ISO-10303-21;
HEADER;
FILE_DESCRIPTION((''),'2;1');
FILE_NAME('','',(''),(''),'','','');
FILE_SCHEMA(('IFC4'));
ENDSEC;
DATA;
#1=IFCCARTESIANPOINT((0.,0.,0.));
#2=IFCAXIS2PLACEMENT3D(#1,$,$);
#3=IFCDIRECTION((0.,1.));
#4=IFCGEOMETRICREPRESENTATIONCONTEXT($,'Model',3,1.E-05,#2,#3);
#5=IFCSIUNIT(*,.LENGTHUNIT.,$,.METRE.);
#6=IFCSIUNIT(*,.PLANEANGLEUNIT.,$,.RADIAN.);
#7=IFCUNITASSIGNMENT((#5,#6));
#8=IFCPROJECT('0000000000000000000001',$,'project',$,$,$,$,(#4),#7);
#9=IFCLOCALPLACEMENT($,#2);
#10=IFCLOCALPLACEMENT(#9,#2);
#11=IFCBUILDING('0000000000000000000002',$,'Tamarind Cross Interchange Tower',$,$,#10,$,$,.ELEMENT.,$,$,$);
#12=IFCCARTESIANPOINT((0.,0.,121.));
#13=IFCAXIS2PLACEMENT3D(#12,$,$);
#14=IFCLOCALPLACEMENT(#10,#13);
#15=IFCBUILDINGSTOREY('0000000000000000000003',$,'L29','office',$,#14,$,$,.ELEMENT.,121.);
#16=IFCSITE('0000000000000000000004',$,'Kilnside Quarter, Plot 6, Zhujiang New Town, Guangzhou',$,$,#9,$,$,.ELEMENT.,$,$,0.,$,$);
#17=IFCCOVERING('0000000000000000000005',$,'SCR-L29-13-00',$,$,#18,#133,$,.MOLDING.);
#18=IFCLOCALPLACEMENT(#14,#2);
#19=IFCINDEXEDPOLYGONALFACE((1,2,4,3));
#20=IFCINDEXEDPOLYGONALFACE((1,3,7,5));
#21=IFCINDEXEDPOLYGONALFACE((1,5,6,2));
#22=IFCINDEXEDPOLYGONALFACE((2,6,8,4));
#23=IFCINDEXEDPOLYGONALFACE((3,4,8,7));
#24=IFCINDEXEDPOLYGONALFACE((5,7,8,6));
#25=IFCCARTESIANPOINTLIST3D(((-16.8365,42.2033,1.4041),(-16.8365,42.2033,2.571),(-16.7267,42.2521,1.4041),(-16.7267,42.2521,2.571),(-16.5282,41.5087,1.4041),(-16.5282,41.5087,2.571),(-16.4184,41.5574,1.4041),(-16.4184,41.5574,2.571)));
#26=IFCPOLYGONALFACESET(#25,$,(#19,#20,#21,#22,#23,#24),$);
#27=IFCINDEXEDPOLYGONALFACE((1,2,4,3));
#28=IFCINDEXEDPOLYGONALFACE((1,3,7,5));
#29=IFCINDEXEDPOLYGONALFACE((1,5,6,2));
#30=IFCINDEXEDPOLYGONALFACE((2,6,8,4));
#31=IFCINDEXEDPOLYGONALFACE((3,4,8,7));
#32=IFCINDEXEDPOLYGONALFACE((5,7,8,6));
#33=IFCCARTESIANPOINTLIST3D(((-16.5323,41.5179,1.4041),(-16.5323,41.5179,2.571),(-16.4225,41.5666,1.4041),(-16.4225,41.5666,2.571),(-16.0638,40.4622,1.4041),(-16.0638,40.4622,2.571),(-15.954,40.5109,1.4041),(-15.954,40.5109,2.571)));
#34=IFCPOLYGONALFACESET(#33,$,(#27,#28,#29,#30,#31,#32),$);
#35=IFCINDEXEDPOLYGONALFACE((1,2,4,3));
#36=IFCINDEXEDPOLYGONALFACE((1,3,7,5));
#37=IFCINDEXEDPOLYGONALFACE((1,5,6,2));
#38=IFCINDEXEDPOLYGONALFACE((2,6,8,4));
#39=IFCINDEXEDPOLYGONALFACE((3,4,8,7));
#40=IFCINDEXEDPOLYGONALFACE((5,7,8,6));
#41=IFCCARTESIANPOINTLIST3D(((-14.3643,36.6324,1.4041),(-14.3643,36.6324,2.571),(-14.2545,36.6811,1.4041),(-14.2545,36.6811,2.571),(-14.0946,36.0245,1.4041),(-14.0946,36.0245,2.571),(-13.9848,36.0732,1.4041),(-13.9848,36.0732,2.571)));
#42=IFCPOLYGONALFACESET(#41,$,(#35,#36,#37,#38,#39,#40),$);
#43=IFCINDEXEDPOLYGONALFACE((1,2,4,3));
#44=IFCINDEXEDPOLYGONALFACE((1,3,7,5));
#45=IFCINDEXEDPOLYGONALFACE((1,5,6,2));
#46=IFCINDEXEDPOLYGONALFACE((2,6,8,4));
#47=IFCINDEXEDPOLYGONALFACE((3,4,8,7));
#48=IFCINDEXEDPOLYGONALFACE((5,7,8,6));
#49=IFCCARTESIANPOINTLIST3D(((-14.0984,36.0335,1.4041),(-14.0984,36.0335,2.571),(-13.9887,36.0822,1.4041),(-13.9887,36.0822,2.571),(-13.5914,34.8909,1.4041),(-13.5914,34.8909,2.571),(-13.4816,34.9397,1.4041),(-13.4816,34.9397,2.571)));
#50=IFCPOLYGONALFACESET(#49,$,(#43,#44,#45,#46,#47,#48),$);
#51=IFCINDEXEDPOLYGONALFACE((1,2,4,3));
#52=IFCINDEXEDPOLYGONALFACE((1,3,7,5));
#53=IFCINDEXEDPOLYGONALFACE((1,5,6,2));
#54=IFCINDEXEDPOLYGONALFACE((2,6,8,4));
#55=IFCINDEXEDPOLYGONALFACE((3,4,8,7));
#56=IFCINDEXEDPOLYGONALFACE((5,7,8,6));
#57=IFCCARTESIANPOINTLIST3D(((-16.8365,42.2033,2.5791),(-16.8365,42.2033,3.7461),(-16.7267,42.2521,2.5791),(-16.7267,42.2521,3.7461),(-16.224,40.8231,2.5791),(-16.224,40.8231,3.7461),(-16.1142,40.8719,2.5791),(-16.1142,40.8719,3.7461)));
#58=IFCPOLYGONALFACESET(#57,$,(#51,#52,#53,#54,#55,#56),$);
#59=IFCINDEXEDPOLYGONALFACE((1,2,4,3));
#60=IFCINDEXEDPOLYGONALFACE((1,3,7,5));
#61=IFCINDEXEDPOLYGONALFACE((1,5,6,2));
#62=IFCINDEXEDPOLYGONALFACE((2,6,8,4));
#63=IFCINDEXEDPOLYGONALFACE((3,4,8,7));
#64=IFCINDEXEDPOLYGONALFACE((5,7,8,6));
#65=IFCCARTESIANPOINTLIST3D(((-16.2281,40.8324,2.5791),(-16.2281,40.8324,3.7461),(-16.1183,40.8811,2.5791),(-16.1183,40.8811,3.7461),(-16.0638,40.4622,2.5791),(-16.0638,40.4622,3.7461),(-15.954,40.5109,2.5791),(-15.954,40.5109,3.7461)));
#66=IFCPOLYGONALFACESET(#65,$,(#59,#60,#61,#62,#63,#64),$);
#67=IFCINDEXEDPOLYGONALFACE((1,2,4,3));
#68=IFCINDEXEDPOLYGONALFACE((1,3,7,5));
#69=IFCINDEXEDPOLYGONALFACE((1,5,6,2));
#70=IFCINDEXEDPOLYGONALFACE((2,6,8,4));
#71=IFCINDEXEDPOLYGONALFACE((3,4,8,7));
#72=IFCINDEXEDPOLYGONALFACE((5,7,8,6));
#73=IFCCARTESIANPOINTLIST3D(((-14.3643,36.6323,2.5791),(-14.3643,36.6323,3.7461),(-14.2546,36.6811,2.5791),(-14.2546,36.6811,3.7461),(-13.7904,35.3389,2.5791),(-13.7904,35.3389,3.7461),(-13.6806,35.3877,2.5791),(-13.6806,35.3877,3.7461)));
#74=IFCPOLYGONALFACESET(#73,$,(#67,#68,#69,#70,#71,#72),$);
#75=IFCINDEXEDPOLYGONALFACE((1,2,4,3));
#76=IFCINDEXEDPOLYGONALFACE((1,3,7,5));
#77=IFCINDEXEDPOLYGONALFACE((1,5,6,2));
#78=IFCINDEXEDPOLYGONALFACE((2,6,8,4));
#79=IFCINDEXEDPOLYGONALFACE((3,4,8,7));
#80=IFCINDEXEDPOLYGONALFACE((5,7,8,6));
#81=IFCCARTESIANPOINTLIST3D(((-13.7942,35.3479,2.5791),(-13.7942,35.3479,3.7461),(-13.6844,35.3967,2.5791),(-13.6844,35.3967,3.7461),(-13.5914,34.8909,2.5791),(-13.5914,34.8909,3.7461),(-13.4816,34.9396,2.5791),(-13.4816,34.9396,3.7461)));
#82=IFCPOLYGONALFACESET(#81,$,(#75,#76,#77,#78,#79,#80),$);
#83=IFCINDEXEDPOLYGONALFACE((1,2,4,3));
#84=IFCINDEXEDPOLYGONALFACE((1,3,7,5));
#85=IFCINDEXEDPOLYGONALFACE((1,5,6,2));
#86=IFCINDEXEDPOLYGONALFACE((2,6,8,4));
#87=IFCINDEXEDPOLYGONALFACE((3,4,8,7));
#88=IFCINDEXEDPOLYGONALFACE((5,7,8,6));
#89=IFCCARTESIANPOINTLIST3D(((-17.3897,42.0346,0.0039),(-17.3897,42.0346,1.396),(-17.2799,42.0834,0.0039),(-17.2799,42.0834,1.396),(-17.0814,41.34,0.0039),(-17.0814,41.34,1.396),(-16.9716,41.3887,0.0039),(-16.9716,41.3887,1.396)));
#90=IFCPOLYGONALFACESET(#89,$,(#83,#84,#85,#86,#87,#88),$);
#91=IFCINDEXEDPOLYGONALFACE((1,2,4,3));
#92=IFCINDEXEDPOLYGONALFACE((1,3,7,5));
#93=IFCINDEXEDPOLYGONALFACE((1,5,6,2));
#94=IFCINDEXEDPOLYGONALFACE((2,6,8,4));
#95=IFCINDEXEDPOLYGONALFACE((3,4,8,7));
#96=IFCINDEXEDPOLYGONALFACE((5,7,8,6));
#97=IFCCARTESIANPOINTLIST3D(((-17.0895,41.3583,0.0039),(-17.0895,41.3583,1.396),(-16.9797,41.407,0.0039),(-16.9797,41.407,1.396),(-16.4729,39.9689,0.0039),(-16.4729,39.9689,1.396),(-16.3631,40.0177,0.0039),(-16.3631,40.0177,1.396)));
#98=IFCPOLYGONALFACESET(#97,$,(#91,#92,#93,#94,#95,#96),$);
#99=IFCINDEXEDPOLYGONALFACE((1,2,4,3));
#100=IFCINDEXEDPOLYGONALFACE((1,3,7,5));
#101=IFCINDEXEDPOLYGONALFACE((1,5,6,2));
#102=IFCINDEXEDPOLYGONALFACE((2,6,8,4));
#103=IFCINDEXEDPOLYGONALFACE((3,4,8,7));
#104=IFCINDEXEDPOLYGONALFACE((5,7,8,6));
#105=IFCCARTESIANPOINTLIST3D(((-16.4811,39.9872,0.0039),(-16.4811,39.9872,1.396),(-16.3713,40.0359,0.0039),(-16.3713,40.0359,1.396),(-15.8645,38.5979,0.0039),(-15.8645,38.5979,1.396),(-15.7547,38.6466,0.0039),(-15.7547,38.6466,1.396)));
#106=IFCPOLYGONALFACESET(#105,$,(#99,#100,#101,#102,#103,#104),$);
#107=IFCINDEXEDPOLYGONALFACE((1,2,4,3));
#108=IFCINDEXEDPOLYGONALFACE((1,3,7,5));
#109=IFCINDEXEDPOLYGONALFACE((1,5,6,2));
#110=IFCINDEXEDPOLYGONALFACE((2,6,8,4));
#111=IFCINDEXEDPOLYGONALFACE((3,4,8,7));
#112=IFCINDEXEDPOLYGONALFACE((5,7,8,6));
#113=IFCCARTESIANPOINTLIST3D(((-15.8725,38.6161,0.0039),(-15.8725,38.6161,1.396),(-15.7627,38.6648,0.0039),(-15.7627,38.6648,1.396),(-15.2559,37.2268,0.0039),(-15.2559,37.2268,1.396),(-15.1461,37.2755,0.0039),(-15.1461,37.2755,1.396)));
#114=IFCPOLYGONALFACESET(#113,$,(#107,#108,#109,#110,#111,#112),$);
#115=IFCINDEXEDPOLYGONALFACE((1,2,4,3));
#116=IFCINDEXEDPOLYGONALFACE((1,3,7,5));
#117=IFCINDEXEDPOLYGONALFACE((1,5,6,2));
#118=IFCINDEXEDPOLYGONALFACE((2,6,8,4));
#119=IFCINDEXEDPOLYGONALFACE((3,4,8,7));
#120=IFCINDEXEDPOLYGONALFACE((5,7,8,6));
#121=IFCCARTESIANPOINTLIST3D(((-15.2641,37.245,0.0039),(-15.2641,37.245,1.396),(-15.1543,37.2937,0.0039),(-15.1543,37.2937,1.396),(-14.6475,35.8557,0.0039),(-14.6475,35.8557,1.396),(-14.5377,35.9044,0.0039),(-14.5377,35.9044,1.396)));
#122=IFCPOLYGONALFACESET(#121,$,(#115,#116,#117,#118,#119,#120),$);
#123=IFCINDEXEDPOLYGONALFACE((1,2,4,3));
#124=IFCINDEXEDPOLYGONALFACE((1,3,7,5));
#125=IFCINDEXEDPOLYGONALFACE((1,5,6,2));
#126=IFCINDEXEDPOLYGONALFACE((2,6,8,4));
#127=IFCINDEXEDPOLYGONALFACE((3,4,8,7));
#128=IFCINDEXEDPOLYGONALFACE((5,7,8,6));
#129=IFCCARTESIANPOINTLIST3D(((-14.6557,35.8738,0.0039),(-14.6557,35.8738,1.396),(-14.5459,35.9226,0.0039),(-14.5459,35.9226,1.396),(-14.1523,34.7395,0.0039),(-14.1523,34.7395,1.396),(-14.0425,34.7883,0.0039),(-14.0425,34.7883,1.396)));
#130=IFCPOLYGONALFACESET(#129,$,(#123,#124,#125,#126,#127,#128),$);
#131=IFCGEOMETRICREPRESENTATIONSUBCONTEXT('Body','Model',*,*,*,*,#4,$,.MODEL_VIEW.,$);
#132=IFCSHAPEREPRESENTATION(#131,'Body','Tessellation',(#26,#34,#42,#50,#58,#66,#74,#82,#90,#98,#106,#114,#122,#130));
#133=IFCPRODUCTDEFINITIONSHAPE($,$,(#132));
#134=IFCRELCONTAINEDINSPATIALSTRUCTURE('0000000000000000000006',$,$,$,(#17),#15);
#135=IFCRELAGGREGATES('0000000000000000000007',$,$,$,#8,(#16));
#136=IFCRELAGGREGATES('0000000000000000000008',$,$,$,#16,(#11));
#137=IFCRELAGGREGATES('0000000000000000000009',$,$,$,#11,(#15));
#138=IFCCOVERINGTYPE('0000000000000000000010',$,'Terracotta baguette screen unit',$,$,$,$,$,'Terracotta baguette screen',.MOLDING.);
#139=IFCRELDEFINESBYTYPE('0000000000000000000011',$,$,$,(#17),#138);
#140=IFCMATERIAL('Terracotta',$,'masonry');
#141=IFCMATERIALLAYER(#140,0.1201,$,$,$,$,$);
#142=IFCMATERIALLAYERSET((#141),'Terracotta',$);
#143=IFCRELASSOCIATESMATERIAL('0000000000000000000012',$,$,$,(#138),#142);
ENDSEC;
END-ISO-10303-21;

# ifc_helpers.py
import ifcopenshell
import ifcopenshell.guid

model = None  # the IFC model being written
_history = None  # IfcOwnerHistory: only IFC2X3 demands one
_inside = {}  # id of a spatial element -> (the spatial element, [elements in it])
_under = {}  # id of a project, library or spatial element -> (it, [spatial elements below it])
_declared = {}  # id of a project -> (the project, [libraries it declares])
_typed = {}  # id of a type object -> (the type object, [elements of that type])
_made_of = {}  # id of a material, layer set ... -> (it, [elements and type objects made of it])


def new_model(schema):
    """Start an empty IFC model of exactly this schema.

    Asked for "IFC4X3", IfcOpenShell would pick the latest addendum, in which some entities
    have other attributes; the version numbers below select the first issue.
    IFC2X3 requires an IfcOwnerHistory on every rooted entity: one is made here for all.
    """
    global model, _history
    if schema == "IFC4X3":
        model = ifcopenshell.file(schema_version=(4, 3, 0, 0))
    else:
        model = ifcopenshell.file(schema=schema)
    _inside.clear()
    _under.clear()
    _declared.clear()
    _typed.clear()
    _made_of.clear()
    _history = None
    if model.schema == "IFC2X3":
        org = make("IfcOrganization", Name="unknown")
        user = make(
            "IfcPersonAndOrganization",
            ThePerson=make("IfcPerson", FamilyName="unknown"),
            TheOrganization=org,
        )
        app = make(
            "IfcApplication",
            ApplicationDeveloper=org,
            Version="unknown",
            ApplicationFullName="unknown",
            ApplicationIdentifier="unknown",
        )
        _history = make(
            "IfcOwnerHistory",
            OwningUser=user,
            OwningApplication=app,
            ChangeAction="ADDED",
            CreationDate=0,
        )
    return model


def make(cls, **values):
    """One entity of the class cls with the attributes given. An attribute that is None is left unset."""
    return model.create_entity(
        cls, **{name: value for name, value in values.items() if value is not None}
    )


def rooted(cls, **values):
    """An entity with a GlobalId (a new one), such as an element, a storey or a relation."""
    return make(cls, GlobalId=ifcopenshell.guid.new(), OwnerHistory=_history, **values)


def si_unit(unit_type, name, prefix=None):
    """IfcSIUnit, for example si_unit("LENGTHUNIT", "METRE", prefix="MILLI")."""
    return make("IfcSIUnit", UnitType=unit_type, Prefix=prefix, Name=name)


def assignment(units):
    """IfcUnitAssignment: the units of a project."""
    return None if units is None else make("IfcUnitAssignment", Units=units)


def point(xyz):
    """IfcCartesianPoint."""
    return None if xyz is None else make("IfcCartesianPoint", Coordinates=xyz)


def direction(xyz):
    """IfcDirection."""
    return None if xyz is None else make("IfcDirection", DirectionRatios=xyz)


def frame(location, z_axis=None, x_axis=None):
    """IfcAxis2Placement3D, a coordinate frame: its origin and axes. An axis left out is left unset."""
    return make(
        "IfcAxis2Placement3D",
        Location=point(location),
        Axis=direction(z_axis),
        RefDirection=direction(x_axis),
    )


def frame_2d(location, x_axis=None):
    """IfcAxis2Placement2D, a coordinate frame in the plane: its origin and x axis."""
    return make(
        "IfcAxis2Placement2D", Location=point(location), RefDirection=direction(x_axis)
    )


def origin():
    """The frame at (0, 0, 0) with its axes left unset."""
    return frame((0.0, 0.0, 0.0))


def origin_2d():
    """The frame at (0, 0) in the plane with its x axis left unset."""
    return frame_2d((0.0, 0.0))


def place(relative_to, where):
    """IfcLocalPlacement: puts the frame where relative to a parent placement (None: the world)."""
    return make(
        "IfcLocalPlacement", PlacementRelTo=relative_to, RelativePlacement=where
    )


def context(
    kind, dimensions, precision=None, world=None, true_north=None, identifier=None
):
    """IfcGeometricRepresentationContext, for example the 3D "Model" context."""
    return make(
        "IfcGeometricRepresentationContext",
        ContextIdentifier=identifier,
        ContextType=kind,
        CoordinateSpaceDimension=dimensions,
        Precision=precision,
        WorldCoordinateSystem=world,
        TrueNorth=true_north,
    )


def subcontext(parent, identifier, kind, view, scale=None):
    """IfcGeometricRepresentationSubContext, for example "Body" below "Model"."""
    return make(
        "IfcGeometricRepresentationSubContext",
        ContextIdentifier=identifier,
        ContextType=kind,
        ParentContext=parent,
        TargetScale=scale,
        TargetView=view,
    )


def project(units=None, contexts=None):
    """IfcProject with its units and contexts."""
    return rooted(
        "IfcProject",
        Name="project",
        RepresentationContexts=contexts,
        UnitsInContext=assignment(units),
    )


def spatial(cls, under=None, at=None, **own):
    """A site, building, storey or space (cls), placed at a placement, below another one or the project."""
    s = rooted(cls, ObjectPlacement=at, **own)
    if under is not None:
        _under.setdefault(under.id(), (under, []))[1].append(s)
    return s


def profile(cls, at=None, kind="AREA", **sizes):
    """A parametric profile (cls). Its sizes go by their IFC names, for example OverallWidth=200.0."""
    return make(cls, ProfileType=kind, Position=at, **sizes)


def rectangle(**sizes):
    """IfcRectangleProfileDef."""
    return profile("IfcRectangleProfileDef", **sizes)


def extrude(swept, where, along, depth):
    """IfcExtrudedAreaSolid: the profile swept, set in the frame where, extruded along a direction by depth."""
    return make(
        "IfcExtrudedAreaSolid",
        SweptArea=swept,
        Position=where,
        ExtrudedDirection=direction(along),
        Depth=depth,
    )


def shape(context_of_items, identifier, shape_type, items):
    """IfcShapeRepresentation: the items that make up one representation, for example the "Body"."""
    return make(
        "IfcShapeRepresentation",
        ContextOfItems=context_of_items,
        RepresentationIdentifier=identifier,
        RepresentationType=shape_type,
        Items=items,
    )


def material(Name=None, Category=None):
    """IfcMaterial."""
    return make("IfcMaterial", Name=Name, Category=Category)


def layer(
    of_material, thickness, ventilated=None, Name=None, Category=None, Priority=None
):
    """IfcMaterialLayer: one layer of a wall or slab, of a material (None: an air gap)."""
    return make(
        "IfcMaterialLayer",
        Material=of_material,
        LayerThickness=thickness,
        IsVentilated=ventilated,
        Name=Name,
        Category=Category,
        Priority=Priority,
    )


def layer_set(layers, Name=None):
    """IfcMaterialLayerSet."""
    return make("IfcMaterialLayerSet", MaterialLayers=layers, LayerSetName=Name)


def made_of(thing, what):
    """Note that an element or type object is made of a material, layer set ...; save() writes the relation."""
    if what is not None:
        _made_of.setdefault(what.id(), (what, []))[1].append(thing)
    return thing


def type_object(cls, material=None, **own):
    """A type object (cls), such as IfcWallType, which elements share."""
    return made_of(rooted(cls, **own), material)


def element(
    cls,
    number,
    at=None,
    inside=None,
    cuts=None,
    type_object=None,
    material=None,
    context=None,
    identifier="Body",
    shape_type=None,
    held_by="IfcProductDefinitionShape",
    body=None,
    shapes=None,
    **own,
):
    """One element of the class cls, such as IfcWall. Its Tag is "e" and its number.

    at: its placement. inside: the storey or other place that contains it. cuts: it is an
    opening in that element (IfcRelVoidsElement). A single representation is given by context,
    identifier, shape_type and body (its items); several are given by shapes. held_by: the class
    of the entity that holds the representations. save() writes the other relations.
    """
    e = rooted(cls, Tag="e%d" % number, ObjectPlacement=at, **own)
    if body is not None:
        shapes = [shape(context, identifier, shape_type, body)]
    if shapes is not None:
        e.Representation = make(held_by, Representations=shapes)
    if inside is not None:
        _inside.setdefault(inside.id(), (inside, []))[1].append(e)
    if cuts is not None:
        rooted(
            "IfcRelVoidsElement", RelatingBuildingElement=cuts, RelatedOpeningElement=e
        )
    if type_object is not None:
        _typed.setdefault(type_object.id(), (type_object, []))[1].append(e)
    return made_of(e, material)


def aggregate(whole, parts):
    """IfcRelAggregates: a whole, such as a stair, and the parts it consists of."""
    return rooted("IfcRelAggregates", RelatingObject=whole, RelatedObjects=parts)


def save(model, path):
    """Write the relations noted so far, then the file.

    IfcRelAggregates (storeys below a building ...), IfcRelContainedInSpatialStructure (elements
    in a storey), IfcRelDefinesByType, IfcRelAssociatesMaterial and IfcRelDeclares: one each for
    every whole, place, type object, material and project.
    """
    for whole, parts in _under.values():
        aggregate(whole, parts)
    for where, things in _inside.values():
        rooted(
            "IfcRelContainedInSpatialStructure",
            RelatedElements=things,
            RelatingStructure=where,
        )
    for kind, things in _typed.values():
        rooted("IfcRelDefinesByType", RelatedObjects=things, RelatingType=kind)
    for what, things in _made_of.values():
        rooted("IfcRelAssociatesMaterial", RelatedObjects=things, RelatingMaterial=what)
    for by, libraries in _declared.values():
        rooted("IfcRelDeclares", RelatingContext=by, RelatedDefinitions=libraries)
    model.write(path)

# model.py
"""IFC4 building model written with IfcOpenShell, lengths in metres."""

from ifc_helpers import new_model, si_unit, direction, frame, origin, origin_2d, place, context, subcontext, project, spatial, rectangle, extrude, material, layer, layer_set, type_object, element, save


model = new_model("IFC4")

# Units and contexts
model_context = context("Model", 3, precision=1e-05, world=origin(), true_north=direction((0.0, 1.0)))
body_context = subcontext(model_context, "Body", "Model", "MODEL_VIEW")
ifc_project = project(units=[si_unit("LENGTHUNIT", "METRE"), si_unit("PLANEANGLEUNIT", "RADIAN")], contexts=[model_context])

# Site, building, storey
site_placement = place(None, origin())
site = spatial("IfcSite", under=ifc_project, at=site_placement, Name="Kilnside Quarter, Plot 6, Zhujiang New Town, Guangzhou", CompositionType="ELEMENT", RefElevation=0.0)
building_placement = place(site_placement, origin())
building = spatial("IfcBuilding", under=site, at=building_placement, Name="Tamarind Cross Interchange Tower", CompositionType="ELEMENT")
storey_placement = place(building_placement, frame((0.0, 0.0, 121.0)))
storey = spatial("IfcBuildingStorey", under=building, at=storey_placement, Name="L29", Description="office", CompositionType="ELEMENT", Elevation=121.0)

# Covering
ifc_material_1 = material(Name="Terracotta", Category="masonry")
ifc_layer_1 = layer(ifc_material_1, 0.1201)
ifc_layer_set_1 = layer_set([ifc_layer_1], Name="Terracotta")
covering_type = type_object("IfcCoveringType", Name="Terracotta baguette screen unit", ElementType="Terracotta baguette screen", PredefinedType="MOLDING", material=ifc_layer_set_1)
covering_1_placement = place(storey_placement, origin())
element("IfcCovering", 1, at=covering_1_placement, inside=storey, type_object=covering_type, Name="SCR-L29-13-00", PredefinedType="MOLDING", context=body_context, shape_type="SweptSolid", body=[
    extrude(rectangle(XDim=0.76, YDim=0.1201, at=origin_2d()), frame((-16.6274, 41.8804, 1.4041), z_axis=(0.0, 0.0, 1.0), x_axis=(0.405624, -0.91404, 0.0)), (0.0, 0.0, 1.0), 1.167),
    extrude(rectangle(XDim=1.155, YDim=0.1201, at=origin_2d()), frame((-16.2432, 41.0144, 1.4041), z_axis=(0.0, 0.0, 1.0), x_axis=(0.405624, -0.91404, 0.0)), (0.0, 0.0, 1.0), 1.167),
    extrude(rectangle(XDim=0.665, YDim=0.1201, at=origin_2d()), frame((-14.1746, 36.3528, 1.4041), z_axis=(0.0, 0.0, 1.0), x_axis=(0.405624, -0.91404, 0.0)), (0.0, 0.0, 1.0), 1.167),
    extrude(rectangle(XDim=1.25, YDim=0.1201, at=origin_2d()), frame((-13.79, 35.4866, 1.4041), z_axis=(0.0, 0.0, 1.0), x_axis=(0.405624, -0.91404, 0.0)), (0.0, 0.0, 1.0), 1.167),
    extrude(rectangle(XDim=1.51, YDim=0.1201, at=origin_2d()), frame((-16.4753, 41.5376, 2.5791), z_axis=(0.0, 0.0, 1.0), x_axis=(0.405624, -0.91404, 0.0)), (0.0, 0.0, 1.0), 1.167),
    extrude(rectangle(XDim=0.405, YDim=0.1201, at=origin_2d()), frame((-16.0911, 40.6716, 2.5791), z_axis=(0.0, 0.0, 1.0), x_axis=(0.405624, -0.91404, 0.0)), (0.0, 0.0, 1.0), 1.167),
    extrude(rectangle(XDim=1.415, YDim=0.1201, at=origin_2d()), frame((-14.0225, 36.01, 2.5791), z_axis=(0.0, 0.0, 1.0), x_axis=(0.405624, -0.91404, 0.0)), (0.0, 0.0, 1.0), 1.167),
    extrude(rectangle(XDim=0.5, YDim=0.1201, at=origin_2d()), frame((-13.6379, 35.1438, 2.5791), z_axis=(0.0, 0.0, 1.0), x_axis=(0.405624, -0.91404, 0.0)), (0.0, 0.0, 1.0), 1.167),
    extrude(rectangle(XDim=0.76, YDim=0.1201, at=origin_2d()), frame((-17.1807, 41.7117, 0.0039), z_axis=(0.0, 0.0, 1.0), x_axis=(0.405624, -0.91404, 0.0)), (0.0, 0.0, 1.0), 1.3921),
    extrude(rectangle(XDim=1.52, YDim=0.1201, at=origin_2d()), frame((-16.7263, 40.688, 0.0039), z_axis=(0.0, 0.0, 1.0), x_axis=(0.405624, -0.91404, 0.0)), (0.0, 0.0, 1.0), 1.3921),
    extrude(rectangle(XDim=1.52, YDim=0.1201, at=origin_2d()), frame((-16.1179, 39.3169, 0.0039), z_axis=(0.0, 0.0, 1.0), x_axis=(0.405624, -0.91404, 0.0)), (0.0, 0.0, 1.0), 1.3921),
    extrude(rectangle(XDim=1.52, YDim=0.1201, at=origin_2d()), frame((-15.5093, 37.9458, 0.0039), z_axis=(0.0, 0.0, 1.0), x_axis=(0.405624, -0.91404, 0.0)), (0.0, 0.0, 1.0), 1.3921),
    extrude(rectangle(XDim=1.52, YDim=0.1201, at=origin_2d()), frame((-14.9009, 36.5747, 0.0039), z_axis=(0.0, 0.0, 1.0), x_axis=(0.405624, -0.91404, 0.0)), (0.0, 0.0, 1.0), 1.3921),
    extrude(rectangle(XDim=1.241, YDim=0.1201, at=origin_2d()), frame((-14.3491, 35.3311, 0.0039), z_axis=(0.0, 0.0, 1.0), x_axis=(0.405624, -0.91404, 0.0)), (0.0, 0.0, 1.0), 1.3921),
])

save(model, "model.ifc")
